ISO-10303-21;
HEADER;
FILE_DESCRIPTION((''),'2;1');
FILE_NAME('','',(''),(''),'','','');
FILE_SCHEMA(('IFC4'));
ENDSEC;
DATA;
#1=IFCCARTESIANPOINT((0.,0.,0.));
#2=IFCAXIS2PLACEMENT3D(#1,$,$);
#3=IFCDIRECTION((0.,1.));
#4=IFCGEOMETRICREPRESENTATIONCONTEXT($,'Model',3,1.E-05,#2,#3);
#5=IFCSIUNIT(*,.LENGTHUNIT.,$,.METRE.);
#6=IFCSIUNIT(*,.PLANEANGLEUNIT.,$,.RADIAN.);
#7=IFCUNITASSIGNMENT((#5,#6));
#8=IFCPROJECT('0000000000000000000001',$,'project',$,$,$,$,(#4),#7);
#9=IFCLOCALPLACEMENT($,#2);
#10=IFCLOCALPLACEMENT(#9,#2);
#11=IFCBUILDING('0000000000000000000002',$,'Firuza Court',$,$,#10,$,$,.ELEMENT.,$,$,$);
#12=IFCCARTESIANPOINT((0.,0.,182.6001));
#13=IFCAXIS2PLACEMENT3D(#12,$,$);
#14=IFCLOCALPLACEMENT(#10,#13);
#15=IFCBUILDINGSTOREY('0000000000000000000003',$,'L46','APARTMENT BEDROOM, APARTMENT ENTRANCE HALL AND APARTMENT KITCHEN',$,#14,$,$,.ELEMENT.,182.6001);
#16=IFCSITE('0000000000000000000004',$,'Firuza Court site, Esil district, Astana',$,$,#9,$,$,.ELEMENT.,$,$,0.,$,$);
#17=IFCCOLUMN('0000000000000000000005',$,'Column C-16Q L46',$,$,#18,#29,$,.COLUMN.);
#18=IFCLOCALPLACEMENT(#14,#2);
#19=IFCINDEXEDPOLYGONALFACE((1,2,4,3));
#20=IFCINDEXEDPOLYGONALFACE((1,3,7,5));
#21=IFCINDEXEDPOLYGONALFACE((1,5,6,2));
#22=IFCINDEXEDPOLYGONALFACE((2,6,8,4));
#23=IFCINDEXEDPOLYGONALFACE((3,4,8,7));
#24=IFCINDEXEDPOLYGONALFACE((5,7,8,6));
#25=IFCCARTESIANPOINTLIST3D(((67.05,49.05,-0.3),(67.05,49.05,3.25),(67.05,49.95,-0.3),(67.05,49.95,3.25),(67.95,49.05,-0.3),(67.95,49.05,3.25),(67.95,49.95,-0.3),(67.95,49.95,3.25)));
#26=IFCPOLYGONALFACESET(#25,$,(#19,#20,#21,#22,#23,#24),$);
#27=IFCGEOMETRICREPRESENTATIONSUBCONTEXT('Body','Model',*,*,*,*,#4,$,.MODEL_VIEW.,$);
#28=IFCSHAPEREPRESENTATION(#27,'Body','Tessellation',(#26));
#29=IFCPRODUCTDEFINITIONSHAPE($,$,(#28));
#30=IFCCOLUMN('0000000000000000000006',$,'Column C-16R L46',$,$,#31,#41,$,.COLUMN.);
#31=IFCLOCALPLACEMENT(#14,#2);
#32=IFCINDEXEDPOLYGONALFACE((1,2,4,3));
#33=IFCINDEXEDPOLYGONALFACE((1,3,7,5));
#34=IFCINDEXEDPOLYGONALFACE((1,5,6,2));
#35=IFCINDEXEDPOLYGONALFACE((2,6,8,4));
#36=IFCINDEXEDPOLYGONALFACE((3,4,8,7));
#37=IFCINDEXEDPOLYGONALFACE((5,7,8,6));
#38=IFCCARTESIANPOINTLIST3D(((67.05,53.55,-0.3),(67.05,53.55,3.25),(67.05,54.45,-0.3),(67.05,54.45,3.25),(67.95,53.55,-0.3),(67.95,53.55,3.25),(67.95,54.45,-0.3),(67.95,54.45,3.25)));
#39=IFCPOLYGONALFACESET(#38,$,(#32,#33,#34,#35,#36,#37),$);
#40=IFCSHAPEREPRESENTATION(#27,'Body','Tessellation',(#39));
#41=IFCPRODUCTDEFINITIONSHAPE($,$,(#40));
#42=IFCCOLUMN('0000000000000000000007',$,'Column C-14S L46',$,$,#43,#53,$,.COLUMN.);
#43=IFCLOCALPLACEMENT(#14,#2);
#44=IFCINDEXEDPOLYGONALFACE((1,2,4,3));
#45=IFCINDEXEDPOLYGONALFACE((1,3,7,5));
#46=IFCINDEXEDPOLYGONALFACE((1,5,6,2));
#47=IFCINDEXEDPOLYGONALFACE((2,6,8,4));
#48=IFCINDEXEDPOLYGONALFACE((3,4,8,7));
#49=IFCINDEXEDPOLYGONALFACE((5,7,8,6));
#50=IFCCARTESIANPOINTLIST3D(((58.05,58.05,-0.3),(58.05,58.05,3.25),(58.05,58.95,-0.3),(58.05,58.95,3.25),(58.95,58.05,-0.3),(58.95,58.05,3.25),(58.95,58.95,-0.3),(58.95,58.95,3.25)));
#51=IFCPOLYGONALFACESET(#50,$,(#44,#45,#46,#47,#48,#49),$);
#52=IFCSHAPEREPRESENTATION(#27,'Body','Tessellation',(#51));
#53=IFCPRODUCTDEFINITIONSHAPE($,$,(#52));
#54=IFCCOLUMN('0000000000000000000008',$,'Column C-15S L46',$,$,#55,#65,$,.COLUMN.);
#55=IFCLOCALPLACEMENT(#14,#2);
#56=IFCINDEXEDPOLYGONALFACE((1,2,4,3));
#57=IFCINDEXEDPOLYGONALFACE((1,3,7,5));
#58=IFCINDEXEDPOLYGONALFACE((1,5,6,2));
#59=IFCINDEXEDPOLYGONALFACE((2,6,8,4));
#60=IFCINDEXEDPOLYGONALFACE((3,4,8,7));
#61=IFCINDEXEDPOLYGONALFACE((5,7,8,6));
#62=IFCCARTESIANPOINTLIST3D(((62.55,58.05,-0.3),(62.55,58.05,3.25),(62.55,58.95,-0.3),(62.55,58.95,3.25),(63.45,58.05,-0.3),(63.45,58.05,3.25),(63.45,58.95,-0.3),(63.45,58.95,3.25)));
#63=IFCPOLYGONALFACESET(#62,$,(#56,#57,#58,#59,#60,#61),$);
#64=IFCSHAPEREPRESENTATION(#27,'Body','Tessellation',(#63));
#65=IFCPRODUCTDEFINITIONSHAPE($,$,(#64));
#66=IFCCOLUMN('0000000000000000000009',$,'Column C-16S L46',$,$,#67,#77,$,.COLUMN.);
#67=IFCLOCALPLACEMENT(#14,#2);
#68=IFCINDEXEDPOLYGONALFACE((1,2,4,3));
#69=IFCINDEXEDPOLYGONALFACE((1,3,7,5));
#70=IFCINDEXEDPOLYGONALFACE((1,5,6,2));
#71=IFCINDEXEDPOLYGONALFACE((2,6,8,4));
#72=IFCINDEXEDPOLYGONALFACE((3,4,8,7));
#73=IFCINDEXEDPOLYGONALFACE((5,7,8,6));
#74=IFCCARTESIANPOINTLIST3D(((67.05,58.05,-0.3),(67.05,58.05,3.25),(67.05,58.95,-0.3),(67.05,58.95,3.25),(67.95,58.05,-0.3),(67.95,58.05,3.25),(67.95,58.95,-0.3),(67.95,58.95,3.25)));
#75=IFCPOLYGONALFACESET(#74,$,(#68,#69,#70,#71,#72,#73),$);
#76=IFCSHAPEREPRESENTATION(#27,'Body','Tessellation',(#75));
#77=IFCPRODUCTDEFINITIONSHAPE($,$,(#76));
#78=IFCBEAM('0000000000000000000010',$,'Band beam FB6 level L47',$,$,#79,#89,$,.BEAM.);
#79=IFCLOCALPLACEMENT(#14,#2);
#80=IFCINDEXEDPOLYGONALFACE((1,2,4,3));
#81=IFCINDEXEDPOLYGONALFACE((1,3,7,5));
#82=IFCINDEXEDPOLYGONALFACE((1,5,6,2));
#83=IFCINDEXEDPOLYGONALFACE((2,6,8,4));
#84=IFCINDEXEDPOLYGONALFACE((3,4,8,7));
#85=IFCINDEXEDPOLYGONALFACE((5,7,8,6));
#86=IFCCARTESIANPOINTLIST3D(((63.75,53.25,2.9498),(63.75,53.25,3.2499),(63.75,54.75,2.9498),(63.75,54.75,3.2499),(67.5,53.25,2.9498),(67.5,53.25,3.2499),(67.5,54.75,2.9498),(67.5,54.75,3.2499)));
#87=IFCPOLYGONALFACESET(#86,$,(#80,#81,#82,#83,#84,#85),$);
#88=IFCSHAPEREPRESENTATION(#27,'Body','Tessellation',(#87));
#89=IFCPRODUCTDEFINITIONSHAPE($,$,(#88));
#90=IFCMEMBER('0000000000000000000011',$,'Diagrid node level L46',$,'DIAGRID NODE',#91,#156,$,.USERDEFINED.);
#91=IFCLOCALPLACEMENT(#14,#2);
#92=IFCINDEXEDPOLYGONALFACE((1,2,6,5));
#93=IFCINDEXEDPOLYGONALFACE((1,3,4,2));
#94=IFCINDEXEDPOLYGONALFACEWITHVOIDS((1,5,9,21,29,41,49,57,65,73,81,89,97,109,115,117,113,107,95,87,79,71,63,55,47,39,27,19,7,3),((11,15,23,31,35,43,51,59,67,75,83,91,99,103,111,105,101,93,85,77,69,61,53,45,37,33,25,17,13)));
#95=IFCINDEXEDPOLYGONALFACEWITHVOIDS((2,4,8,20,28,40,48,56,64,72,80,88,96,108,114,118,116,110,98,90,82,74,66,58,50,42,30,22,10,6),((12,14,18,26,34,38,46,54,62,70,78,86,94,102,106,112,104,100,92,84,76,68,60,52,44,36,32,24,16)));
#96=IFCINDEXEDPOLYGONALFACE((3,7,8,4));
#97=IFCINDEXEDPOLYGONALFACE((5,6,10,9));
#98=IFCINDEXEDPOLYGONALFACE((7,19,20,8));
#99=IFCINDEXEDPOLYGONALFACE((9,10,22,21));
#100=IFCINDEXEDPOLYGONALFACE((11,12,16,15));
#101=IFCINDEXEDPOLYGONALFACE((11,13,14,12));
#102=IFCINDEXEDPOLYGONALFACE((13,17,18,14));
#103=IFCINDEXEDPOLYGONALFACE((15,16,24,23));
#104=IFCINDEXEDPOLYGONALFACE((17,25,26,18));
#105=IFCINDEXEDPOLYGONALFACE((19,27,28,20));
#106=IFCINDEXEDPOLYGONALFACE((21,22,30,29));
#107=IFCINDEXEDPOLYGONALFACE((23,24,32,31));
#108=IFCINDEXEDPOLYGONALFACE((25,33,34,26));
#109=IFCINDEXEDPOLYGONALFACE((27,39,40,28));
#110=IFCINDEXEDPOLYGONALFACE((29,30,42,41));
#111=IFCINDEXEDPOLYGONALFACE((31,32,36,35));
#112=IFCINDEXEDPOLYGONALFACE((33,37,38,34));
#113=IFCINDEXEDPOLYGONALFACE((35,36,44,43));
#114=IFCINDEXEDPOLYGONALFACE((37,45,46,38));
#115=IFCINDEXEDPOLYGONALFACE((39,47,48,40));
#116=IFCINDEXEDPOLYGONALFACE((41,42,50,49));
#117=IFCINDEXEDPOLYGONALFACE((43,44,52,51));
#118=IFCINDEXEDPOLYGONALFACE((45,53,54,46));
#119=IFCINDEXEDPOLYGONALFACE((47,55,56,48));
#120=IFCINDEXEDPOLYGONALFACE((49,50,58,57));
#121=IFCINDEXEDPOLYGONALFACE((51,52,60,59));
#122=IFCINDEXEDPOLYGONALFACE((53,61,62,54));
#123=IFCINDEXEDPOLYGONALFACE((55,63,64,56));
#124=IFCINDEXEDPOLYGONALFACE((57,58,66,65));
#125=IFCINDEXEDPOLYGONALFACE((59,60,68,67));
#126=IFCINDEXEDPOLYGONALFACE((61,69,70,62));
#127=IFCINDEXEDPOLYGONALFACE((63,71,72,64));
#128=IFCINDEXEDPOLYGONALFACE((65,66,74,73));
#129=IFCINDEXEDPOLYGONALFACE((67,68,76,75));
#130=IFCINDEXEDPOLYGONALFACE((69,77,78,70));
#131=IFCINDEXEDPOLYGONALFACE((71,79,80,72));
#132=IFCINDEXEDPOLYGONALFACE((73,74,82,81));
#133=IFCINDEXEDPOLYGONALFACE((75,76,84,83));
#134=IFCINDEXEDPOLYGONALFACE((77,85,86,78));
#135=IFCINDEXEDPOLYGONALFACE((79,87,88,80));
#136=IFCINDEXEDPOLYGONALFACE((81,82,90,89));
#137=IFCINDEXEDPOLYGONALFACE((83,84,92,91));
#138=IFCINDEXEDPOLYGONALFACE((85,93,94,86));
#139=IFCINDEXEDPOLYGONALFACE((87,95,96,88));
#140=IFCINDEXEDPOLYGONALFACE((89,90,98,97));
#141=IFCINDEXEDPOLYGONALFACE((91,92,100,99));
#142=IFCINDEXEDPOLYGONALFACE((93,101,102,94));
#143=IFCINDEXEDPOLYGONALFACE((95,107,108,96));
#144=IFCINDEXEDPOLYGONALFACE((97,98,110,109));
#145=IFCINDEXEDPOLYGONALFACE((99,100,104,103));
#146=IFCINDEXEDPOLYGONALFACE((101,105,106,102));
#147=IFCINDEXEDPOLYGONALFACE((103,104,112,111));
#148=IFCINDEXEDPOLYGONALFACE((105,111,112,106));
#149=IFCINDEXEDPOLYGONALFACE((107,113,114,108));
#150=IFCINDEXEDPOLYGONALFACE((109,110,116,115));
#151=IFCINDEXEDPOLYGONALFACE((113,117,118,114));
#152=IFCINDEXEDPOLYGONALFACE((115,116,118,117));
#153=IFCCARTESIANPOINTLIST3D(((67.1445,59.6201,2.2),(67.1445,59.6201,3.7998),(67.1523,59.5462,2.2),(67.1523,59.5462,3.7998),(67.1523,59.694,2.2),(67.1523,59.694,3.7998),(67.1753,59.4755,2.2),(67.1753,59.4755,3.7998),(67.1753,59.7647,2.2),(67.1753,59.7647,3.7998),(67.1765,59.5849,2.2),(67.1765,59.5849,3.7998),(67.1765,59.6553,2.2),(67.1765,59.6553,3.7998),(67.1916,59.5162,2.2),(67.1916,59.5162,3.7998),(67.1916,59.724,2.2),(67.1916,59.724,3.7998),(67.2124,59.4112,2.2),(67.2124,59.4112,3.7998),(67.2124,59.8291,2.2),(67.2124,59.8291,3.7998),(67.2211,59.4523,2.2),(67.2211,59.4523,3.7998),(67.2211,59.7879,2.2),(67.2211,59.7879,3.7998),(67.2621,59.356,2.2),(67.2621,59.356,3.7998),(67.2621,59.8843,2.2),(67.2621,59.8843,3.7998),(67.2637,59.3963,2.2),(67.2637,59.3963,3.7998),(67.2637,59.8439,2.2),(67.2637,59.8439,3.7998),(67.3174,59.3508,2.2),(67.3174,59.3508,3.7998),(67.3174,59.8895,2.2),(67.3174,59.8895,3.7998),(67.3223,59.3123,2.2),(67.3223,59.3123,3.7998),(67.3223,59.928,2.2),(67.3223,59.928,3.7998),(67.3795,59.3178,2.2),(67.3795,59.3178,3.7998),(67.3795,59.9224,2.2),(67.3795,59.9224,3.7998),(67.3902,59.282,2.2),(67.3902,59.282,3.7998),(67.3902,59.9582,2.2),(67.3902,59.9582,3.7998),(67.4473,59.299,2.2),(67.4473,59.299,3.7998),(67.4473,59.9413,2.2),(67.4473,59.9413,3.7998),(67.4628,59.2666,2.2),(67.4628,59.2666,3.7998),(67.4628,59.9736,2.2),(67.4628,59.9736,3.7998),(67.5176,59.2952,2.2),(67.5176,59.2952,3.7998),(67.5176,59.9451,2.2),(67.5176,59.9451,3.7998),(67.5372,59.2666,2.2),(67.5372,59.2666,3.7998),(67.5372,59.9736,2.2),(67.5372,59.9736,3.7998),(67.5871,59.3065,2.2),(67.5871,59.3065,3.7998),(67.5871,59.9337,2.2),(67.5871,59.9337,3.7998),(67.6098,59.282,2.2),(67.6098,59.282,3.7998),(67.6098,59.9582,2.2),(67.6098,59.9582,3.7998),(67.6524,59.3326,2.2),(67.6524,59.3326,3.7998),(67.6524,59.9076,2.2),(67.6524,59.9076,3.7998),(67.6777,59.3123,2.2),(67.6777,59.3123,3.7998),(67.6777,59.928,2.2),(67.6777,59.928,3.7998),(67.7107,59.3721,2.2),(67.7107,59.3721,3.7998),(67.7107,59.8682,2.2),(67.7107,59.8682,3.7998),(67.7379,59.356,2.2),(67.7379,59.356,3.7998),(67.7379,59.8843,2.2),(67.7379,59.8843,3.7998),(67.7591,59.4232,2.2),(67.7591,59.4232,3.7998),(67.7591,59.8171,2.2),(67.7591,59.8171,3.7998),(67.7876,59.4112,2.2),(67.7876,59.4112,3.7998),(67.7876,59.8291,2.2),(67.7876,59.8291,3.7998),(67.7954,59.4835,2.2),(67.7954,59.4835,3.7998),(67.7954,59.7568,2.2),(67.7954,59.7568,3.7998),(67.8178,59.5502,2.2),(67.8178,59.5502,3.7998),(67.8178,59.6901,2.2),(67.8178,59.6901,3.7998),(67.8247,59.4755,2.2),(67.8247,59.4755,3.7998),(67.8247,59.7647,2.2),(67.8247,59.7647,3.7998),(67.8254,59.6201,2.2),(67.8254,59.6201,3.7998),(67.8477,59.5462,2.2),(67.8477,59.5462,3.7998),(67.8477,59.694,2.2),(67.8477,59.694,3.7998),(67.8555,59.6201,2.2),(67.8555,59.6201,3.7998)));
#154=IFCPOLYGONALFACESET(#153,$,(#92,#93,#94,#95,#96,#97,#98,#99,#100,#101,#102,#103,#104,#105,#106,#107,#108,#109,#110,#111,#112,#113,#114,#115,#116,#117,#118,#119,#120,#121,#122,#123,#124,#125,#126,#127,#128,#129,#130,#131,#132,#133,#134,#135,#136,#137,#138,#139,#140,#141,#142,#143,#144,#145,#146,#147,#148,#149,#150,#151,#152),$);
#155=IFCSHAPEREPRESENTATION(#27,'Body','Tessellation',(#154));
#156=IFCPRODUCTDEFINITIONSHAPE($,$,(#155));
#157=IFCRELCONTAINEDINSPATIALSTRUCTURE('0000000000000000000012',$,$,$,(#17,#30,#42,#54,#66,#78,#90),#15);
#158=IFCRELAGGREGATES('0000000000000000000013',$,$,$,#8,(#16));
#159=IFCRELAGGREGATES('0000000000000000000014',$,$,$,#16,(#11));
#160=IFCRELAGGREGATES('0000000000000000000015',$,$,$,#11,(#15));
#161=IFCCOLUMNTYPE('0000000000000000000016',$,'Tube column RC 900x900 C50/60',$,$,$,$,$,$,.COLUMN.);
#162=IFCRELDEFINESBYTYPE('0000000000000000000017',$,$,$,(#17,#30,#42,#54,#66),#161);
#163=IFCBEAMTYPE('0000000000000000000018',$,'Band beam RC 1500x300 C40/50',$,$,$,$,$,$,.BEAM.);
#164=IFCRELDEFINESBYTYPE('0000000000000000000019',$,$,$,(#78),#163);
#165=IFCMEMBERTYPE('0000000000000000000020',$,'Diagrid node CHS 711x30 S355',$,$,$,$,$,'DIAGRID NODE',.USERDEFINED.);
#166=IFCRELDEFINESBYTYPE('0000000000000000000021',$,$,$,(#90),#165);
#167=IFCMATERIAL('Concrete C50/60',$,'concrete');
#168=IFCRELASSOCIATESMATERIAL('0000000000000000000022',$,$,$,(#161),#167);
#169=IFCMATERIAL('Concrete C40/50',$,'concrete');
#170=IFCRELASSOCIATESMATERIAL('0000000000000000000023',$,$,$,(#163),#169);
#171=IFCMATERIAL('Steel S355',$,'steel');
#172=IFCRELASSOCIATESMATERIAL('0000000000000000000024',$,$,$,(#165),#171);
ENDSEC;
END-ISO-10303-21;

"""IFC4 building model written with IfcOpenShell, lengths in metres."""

from ifc_helpers import new_model, si_unit, direction, frame, origin, origin_2d, place, context, subcontext, project, spatial, rectangle, hollow_circle, extrude, material, material_profile, profile_set, type_object, element, save


model = new_model("IFC4")

# Units and contexts
model_context = context("Model", 3, precision=1e-05, world=origin(), true_north=direction((0.0, 1.0)))
body_context = subcontext(model_context, "Body", "Model", "MODEL_VIEW")
ifc_project = project(units=[si_unit("LENGTHUNIT", "METRE"), si_unit("PLANEANGLEUNIT", "RADIAN")], contexts=[model_context])

# Site, building, storey
site_placement = place(None, origin())
site = spatial("IfcSite", under=ifc_project, at=site_placement, Name="Firuza Court site, Esil district, Astana", CompositionType="ELEMENT", RefElevation=0.0)
building_placement = place(site_placement, origin())
building = spatial("IfcBuilding", under=site, at=building_placement, Name="Firuza Court", CompositionType="ELEMENT")
storey_placement = place(building_placement, frame((0.0, 0.0, 182.6001)))
storey = spatial("IfcBuildingStorey", under=building, at=storey_placement, Name="L46", Description="APARTMENT BEDROOM, APARTMENT ENTRANCE HALL AND APARTMENT KITCHEN", CompositionType="ELEMENT", Elevation=182.6001)

# Columns
ifc_material_1 = material(Name="Concrete C50/60", Category="concrete")
ifc_material_profile_1 = material_profile(ifc_material_1, rectangle(XDim=0.8999, YDim=0.8999, at=origin_2d()), Name="RC 900x900")
ifc_profile_set_1 = profile_set([ifc_material_profile_1], Name="Concrete C50/60")
column_type = type_object("IfcColumnType", Name="Tube column RC 900x900 C50/60", PredefinedType="COLUMN", material=ifc_profile_set_1)
for number, where, z_axis, x_axis, name in (
    (1, (67.5, 49.5, -0.3), (0.0, 0.0, 1.0), (1.0, 0.0, 0.0), "Column C-16Q L46"),
    (2, (67.5, 54.0, -0.3), (0.0, 0.0, 1.0), (1.0, 0.0, 0.0), "Column C-16R L46"),
    (3, (58.5, 58.5, -0.3), (0.0, 0.0, 1.0), (1.0, 0.0, 0.0), "Column C-14S L46"),
    (4, (63.0, 58.5, -0.3), (0.0, 0.0, 1.0), (1.0, 0.0, 0.0), "Column C-15S L46"),
    (5, (67.5, 58.5, -0.3), (0.0, 0.0, 1.0), (1.0, 0.0, 0.0), "Column C-16S L46"),
):
    element("IfcColumn", number, at=place(storey_placement, frame(where, z_axis=z_axis, x_axis=x_axis)), inside=storey, type_object=column_type, Name=name, PredefinedType="COLUMN", context=body_context, shape_type="SweptSolid", body=[
        extrude(rectangle(XDim=0.8999, YDim=0.8999, at=origin_2d()), origin(), (0.0, 0.0, 1.0), 3.55),
    ])

# Beam
ifc_material_2 = material(Name="Concrete C40/50", Category="concrete")
ifc_material_profile_2 = material_profile(ifc_material_2, rectangle(XDim=1.5, YDim=0.3, at=origin_2d()), Name="RC 1500x300")
ifc_profile_set_2 = profile_set([ifc_material_profile_2], Name="Concrete C40/50")
beam_type_1 = type_object("IfcBeamType", Name="Band beam RC 1500x300 C40/50", PredefinedType="BEAM", material=ifc_profile_set_2)
beam_placement = place(storey_placement, frame((67.5, 54.0, 3.0999), z_axis=(-1.0, 0.0, 0.0), x_axis=(0.0, -1.0, 0.0)))
element("IfcBeam", 6, at=beam_placement, inside=storey, type_object=beam_type_1, Name="Band beam FB6 level L47", PredefinedType="BEAM", context=body_context, shape_type="SweptSolid", body=[
    extrude(rectangle(XDim=1.5, YDim=0.3, at=origin_2d()), origin(), (0.0, 0.0, 1.0), 3.75),
])

# Member
ifc_material_3 = material(Name="Steel S355", Category="steel")
ifc_material_profile_3 = material_profile(ifc_material_3, hollow_circle(Radius=0.3555, WallThickness=0.03, at=origin_2d()), Name="CHS 711x30")
ifc_profile_set_3 = profile_set([ifc_material_profile_3], Name="Steel S355")
member_type_1 = type_object("IfcMemberType", Name="Diagrid node CHS 711x30 S355", ElementType="DIAGRID NODE", PredefinedType="USERDEFINED", material=ifc_profile_set_3)
for number, where, z_axis, x_axis, name in (
    (7, (67.5, 59.6201, 2.2), (0.0, 0.0, 1.0), (1.0, 0.0, 0.0), "Diagrid node level L46"),
):
    element("IfcMember", number, at=place(storey_placement, frame(where, z_axis=z_axis, x_axis=x_axis)), inside=storey, type_object=member_type_1, Name=name, ObjectType="DIAGRID NODE", PredefinedType="USERDEFINED", context=body_context, shape_type="SweptSolid", body=[
        extrude(hollow_circle(Radius=0.3555, WallThickness=0.03, at=origin_2d()), origin(), (0.0, 0.0, 1.0), 1.5999),
    ])

save(model, "model.ifc")
